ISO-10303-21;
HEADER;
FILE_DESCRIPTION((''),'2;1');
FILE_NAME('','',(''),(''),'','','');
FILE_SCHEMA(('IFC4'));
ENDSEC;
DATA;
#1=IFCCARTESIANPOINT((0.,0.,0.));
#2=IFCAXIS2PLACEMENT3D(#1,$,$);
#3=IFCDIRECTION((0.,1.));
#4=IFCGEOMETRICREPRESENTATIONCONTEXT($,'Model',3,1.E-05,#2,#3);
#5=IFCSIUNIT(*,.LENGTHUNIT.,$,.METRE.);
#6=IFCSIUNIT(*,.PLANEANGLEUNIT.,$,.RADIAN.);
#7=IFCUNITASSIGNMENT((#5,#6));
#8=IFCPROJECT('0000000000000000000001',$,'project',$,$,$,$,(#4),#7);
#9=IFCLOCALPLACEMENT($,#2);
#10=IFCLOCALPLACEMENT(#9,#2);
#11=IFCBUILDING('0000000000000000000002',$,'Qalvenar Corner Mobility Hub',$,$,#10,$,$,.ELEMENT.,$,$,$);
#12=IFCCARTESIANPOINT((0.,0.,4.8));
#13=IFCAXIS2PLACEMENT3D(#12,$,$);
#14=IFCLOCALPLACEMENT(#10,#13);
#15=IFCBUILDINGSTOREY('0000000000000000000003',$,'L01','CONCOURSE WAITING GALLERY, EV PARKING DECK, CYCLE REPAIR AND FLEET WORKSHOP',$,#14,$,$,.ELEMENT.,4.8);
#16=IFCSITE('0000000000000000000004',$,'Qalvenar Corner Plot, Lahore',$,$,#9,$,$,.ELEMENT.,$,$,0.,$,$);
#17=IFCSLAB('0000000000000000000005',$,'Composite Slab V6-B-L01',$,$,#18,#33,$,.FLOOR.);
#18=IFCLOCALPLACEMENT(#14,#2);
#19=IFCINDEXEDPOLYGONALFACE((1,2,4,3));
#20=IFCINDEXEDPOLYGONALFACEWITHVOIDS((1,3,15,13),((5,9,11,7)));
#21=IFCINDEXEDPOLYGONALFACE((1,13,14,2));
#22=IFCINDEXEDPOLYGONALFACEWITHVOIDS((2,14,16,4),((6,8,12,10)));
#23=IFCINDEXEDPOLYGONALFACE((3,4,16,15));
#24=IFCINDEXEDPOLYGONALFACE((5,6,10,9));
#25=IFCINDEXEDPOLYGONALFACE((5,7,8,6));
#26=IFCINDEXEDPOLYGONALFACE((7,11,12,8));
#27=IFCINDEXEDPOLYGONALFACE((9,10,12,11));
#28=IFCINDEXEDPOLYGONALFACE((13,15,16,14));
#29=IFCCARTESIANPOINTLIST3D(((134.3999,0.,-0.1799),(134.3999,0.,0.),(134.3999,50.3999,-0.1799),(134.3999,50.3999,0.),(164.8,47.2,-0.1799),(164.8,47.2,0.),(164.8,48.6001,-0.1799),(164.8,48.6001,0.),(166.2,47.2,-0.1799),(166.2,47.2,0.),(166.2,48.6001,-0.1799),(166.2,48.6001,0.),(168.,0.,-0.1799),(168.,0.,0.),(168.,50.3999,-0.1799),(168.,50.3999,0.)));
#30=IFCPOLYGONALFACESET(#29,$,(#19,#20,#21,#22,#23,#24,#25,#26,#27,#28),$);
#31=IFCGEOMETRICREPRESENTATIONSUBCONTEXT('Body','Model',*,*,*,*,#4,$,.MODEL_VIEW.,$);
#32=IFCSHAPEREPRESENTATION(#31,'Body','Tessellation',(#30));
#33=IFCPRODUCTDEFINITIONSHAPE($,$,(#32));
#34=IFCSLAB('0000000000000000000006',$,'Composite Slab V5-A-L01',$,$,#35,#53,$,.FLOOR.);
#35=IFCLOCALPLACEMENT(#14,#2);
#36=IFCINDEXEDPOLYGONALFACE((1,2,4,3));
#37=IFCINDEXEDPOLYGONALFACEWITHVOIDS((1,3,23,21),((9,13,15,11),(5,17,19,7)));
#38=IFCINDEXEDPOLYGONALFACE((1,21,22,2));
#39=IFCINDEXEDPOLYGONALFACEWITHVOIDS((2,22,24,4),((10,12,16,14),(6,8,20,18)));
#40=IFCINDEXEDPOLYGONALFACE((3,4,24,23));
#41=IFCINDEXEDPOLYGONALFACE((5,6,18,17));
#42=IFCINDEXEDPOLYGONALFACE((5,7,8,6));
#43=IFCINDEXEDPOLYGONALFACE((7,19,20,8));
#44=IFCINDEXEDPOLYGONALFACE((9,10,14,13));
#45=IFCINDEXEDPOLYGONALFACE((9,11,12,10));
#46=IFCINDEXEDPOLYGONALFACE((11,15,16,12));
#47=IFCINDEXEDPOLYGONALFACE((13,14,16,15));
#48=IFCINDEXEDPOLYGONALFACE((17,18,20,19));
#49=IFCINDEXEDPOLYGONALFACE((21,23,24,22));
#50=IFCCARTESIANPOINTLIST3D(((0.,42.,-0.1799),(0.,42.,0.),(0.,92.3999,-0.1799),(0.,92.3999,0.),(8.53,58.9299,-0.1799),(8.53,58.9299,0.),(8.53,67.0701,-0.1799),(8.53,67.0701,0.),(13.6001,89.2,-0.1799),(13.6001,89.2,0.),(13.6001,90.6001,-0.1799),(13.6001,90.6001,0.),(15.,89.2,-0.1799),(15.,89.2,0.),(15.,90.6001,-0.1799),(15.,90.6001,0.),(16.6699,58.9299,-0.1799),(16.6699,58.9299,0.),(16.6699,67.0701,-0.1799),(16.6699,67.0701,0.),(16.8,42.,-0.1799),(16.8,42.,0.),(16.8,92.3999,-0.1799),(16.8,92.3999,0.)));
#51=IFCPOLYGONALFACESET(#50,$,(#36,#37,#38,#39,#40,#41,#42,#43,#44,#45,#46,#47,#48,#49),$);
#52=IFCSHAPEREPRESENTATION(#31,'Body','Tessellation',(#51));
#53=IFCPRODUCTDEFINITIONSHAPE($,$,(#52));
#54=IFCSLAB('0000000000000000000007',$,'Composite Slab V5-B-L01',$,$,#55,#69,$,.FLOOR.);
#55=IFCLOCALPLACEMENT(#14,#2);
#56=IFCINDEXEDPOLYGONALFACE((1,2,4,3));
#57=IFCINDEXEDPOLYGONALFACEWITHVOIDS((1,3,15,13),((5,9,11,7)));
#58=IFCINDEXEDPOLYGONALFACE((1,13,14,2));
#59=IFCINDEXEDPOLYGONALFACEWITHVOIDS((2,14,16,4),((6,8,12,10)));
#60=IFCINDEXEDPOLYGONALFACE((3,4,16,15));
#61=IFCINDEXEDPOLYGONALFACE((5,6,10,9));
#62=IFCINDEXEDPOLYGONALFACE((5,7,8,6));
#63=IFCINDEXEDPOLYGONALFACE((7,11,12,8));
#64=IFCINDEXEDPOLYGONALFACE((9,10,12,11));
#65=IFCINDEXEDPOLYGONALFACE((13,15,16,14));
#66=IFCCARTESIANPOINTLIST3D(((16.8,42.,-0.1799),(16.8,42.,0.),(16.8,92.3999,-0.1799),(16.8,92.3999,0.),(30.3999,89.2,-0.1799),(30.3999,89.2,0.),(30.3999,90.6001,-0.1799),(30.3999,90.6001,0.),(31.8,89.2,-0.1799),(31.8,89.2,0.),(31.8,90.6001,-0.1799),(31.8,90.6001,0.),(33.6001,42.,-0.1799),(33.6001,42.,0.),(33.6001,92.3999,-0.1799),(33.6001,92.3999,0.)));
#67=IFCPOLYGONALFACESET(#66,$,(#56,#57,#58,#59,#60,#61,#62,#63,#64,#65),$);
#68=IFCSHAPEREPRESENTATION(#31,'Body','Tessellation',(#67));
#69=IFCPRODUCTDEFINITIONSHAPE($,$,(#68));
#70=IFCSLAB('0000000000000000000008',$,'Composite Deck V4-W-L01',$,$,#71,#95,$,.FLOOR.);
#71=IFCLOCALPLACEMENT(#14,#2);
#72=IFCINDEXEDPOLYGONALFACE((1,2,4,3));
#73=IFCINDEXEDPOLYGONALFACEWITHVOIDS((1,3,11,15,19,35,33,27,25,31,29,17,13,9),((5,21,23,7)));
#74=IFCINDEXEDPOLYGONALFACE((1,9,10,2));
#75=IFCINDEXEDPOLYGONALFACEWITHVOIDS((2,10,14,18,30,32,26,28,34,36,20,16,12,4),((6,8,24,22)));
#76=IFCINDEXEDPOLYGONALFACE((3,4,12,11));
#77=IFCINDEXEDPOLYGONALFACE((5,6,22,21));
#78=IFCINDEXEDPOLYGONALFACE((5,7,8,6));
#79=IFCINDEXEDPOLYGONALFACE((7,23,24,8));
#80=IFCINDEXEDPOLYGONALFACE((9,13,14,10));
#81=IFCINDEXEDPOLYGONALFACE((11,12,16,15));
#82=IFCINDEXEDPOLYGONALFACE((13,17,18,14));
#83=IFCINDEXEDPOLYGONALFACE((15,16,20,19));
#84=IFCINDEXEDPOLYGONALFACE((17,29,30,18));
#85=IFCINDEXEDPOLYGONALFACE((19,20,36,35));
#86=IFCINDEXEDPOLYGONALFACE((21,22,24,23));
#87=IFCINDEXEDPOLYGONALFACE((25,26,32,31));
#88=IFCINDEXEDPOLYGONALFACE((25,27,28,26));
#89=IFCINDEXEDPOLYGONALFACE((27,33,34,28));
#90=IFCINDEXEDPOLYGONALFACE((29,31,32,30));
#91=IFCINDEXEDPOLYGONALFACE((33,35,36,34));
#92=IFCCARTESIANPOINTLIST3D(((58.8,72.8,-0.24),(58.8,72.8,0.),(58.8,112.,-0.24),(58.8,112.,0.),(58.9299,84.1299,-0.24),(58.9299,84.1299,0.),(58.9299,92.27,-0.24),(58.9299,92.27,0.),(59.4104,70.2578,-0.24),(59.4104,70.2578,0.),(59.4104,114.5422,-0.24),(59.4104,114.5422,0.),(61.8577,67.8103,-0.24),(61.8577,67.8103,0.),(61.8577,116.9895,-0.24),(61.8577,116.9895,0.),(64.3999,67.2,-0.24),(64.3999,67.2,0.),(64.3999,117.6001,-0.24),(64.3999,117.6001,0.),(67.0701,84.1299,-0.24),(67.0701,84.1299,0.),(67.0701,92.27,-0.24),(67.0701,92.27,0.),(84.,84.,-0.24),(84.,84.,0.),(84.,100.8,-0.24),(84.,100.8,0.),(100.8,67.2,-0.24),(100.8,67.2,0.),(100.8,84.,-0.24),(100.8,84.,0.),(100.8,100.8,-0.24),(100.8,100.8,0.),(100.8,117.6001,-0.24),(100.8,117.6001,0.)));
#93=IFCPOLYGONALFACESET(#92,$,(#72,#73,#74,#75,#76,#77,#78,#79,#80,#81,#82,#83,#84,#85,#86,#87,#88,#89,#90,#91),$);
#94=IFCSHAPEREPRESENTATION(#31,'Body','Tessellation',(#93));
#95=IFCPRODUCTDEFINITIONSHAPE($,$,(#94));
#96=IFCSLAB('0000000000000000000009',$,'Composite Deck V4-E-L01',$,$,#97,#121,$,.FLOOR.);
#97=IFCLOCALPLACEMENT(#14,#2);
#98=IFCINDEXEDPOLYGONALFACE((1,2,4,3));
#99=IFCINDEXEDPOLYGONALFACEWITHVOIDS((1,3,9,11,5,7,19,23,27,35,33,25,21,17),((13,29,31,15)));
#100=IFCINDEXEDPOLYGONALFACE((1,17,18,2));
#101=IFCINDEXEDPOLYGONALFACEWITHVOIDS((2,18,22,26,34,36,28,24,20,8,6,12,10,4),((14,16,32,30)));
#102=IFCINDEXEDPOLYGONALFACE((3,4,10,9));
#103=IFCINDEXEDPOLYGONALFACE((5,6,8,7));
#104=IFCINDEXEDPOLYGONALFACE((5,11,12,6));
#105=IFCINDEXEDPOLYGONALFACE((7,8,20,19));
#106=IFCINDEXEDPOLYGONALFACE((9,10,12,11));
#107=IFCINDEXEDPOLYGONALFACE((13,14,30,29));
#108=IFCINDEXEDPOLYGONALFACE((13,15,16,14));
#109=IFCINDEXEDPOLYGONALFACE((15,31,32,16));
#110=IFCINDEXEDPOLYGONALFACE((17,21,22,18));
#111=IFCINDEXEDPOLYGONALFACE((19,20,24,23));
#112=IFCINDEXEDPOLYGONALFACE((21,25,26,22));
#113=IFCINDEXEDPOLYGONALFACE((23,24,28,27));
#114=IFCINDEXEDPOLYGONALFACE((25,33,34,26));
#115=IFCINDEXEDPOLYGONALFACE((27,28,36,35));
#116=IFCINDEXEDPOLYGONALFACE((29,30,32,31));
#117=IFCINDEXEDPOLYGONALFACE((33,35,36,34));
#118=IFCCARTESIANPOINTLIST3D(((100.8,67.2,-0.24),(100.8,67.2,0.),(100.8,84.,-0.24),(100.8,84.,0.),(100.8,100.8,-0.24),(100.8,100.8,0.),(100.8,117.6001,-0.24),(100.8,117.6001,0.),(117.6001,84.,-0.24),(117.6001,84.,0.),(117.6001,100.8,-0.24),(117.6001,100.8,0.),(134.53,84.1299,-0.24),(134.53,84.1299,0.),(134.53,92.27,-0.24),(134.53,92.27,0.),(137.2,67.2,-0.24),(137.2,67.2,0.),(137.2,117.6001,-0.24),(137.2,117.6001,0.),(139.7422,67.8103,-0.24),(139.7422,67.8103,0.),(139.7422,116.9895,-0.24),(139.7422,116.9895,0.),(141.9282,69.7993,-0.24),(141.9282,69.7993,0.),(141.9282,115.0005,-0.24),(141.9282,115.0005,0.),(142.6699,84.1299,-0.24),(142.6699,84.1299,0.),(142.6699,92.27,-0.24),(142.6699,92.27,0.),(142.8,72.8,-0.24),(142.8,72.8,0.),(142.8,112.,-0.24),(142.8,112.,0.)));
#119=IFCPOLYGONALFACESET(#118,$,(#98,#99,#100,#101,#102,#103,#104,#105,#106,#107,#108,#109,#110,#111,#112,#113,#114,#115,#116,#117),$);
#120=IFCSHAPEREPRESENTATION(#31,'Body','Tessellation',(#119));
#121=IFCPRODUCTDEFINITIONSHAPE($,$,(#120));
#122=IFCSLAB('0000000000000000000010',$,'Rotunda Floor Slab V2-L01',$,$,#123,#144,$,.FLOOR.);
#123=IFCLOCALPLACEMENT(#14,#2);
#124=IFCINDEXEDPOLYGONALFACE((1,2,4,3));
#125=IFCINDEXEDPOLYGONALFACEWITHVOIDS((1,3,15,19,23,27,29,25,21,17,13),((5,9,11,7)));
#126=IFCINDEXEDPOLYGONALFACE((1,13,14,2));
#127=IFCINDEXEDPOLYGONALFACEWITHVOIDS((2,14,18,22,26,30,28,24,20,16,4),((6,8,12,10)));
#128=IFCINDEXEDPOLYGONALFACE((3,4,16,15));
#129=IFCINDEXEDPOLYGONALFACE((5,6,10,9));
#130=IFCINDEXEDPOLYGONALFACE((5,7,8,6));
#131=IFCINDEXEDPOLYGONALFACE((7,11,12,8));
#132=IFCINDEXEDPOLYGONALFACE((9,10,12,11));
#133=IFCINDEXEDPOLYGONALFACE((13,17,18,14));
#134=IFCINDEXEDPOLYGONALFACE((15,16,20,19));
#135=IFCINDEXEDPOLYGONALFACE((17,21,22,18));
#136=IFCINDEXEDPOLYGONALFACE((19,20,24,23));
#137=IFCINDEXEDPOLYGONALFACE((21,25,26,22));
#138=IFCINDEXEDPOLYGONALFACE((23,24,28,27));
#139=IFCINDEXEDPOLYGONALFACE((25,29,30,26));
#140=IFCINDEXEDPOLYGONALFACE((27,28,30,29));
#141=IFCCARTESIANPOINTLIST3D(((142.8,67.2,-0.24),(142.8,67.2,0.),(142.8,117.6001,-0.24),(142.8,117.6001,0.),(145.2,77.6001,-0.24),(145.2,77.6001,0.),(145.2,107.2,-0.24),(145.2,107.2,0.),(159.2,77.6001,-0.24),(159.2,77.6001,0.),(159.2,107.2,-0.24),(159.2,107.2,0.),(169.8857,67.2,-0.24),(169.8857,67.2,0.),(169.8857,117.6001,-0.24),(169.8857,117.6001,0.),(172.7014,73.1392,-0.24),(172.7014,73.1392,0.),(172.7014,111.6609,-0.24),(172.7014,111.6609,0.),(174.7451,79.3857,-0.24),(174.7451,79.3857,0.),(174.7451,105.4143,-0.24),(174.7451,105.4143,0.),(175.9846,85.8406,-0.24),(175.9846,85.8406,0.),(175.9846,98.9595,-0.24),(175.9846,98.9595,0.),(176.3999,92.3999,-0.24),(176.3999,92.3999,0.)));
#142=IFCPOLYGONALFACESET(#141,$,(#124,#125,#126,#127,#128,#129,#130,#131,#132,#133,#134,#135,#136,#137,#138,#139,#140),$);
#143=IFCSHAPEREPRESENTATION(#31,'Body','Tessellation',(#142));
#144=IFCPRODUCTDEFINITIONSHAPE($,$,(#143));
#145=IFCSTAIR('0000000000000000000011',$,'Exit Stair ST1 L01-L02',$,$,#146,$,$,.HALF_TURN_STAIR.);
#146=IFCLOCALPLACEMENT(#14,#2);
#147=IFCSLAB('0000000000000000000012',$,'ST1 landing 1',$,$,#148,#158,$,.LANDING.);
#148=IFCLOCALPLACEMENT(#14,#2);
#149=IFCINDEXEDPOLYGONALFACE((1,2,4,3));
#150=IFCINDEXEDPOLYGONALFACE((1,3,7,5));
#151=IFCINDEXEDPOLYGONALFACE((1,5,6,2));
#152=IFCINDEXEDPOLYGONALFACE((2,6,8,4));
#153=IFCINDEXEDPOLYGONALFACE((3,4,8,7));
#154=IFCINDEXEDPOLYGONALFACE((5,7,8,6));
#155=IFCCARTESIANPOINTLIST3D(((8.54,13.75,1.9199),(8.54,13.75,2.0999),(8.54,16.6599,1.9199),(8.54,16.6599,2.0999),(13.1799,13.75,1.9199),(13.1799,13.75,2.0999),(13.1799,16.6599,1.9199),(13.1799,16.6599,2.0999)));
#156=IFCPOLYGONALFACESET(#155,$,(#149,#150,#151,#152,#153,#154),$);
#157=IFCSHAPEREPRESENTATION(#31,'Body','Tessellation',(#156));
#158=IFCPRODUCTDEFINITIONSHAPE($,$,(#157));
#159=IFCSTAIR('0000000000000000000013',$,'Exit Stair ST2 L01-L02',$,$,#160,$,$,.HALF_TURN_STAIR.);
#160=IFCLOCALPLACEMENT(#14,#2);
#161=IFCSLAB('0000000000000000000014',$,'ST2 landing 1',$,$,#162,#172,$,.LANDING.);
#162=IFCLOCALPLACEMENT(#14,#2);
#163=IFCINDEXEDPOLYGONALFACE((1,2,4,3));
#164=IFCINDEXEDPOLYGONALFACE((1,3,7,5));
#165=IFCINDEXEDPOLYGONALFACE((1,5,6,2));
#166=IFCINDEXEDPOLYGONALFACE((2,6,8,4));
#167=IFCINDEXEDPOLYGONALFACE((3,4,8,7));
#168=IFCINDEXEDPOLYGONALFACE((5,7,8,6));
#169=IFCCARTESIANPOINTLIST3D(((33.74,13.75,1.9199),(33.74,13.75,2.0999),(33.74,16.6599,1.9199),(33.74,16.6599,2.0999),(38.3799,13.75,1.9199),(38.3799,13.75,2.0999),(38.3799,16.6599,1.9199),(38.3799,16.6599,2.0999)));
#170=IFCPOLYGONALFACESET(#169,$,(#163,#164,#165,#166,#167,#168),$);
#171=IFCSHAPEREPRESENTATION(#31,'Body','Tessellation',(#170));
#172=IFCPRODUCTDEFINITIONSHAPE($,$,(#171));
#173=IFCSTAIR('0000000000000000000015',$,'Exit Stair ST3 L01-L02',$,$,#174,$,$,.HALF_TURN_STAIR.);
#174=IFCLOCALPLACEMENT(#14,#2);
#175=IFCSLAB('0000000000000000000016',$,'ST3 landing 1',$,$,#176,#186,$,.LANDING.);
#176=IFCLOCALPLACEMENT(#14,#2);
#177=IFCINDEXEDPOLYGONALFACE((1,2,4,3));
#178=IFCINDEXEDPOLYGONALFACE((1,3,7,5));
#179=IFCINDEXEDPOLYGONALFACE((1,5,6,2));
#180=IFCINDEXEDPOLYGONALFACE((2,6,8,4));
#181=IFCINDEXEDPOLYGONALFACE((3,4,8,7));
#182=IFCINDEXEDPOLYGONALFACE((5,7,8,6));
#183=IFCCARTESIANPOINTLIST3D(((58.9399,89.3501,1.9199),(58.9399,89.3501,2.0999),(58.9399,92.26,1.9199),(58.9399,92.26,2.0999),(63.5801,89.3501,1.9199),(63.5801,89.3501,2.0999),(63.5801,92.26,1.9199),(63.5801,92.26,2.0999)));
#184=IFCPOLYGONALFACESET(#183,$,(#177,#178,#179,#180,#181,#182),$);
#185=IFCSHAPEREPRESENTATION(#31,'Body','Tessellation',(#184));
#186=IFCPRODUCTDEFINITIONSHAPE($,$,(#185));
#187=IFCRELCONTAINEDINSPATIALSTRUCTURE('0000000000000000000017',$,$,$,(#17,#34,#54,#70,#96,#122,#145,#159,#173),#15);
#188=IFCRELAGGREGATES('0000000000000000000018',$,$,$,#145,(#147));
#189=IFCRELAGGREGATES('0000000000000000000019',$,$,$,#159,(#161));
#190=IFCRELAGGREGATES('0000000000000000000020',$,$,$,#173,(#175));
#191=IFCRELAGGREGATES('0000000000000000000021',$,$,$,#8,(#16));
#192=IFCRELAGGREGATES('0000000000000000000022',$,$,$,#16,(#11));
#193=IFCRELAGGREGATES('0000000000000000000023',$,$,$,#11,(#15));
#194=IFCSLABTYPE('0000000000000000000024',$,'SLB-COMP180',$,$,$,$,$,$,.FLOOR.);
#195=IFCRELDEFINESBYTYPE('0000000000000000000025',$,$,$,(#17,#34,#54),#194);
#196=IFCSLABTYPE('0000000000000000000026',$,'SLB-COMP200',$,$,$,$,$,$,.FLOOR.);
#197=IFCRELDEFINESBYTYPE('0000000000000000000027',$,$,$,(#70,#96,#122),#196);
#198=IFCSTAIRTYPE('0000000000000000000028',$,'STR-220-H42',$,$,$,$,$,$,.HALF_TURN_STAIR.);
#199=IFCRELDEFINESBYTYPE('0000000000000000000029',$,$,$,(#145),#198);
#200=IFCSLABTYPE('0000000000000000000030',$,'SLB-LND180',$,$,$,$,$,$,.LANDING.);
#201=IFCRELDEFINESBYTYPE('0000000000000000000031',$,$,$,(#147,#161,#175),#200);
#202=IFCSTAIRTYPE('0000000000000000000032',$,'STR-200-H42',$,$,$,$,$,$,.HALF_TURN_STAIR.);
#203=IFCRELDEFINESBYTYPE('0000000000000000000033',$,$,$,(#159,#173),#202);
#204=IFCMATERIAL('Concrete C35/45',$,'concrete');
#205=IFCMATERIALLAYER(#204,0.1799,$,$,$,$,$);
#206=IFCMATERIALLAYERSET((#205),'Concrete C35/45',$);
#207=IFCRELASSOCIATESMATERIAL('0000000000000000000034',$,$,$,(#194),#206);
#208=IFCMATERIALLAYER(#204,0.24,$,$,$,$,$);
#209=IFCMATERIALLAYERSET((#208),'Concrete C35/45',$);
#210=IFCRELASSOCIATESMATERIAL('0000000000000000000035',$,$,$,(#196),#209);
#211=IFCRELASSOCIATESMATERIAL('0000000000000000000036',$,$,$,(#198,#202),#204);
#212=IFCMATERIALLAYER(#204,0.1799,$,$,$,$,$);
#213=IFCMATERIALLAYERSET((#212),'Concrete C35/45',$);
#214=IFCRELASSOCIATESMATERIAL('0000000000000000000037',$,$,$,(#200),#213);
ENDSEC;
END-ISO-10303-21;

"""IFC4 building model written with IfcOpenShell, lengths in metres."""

from ifc_helpers import new_model, si_unit, direction, frame, origin, place, context, subcontext, project, spatial, polyline, outline, extrude, material, layer, layer_set, type_object, element, aggregate, save


model = new_model("IFC4")

# Units and contexts
model_context = context("Model", 3, precision=1e-05, world=origin(), true_north=direction((0.0, 1.0)))
body_context = subcontext(model_context, "Body", "Model", "MODEL_VIEW")
ifc_project = project(units=[si_unit("LENGTHUNIT", "METRE"), si_unit("PLANEANGLEUNIT", "RADIAN")], contexts=[model_context])

# Site, building, storey
site_placement = place(None, origin())
site = spatial("IfcSite", under=ifc_project, at=site_placement, Name="Qalvenar Corner Plot, Lahore", CompositionType="ELEMENT", RefElevation=0.0)
building_placement = place(site_placement, origin())
building = spatial("IfcBuilding", under=site, at=building_placement, Name="Qalvenar Corner Mobility Hub", CompositionType="ELEMENT")
storey_placement = place(building_placement, frame((0.0, 0.0, 4.8)))
storey = spatial("IfcBuildingStorey", under=building, at=storey_placement, Name="L01", Description="CONCOURSE WAITING GALLERY, EV PARKING DECK, CYCLE REPAIR AND FLEET WORKSHOP", CompositionType="ELEMENT", Elevation=4.8)

# Slabs
ifc_material_1 = material(Name="Concrete C35/45", Category="concrete")
ifc_layer_1 = layer(ifc_material_1, 0.1799)
ifc_layer_set_1 = layer_set([ifc_layer_1], Name="Concrete C35/45")
slab_type_1 = type_object("IfcSlabType", Name="SLB-COMP180", PredefinedType="FLOOR", material=ifc_layer_set_1)
slab_1_placement = place(storey_placement, frame((0.0, 0.0, -0.1799)))
element("IfcSlab", 1, at=slab_1_placement, inside=storey, type_object=slab_type_1, Name="Composite Slab V6-B-L01", PredefinedType="FLOOR", context=body_context, shape_type="SweptSolid", body=[
    extrude(outline(polyline([(134.3999, 0.0), (168.0, 0.0), (168.0, 50.3999), (134.3999, 50.3999), (134.3999, 0.0)]), holes=[polyline([(164.8, 47.2), (166.2, 47.2), (166.2, 48.6001), (164.8, 48.6001), (164.8, 47.2)])]), origin(), (0.0, 0.0, 1.0), 0.1799),
])
slab_2_placement = place(storey_placement, frame((0.0, 0.0, -0.1799)))
element("IfcSlab", 2, at=slab_2_placement, inside=storey, type_object=slab_type_1, Name="Composite Slab V5-A-L01", PredefinedType="FLOOR", context=body_context, shape_type="SweptSolid", body=[
    extrude(outline(polyline([(0.0, 42.0), (16.8, 42.0), (16.8, 92.3999), (0.0, 92.3999), (0.0, 42.0)]), holes=[polyline([(8.53, 58.9299), (16.6699, 58.9299), (16.6699, 67.0701), (8.53, 67.0701), (8.53, 58.9299)]), polyline([(13.6001, 89.2), (15.0, 89.2), (15.0, 90.6001), (13.6001, 90.6001), (13.6001, 89.2)])]), origin(), (0.0, 0.0, 1.0), 0.1799),
])
slab_3_placement = place(storey_placement, frame((0.0, 0.0, -0.1799)))
element("IfcSlab", 3, at=slab_3_placement, inside=storey, type_object=slab_type_1, Name="Composite Slab V5-B-L01", PredefinedType="FLOOR", context=body_context, shape_type="SweptSolid", body=[
    extrude(outline(polyline([(16.8, 42.0), (33.6001, 42.0), (33.6001, 92.3999), (16.8, 92.3999), (16.8, 42.0)]), holes=[polyline([(30.3999, 89.2), (31.8, 89.2), (31.8, 90.6001), (30.3999, 90.6001), (30.3999, 89.2)])]), origin(), (0.0, 0.0, 1.0), 0.1799),
])
ifc_layer_2 = layer(ifc_material_1, 0.24)
ifc_layer_set_2 = layer_set([ifc_layer_2], Name="Concrete C35/45")
slab_type_2 = type_object("IfcSlabType", Name="SLB-COMP200", PredefinedType="FLOOR", material=ifc_layer_set_2)
slab_4_placement = place(storey_placement, frame((0.0, 0.0, -0.24)))
element("IfcSlab", 4, at=slab_4_placement, inside=storey, type_object=slab_type_2, Name="Composite Deck V4-W-L01", PredefinedType="FLOOR", context=body_context, shape_type="SweptSolid", body=[
    extrude(outline(polyline([(64.3999, 67.2), (100.8, 67.2), (100.8, 84.0), (84.0, 84.0), (84.0, 100.8), (100.8, 100.8), (100.8, 117.6001), (64.3999, 117.6001), (61.8577, 116.9895), (59.4104, 114.5422), (58.8, 112.0), (58.8, 72.8), (59.4104, 70.2578), (61.8577, 67.8103), (64.3999, 67.2)]), holes=[polyline([(58.9299, 84.1299), (67.0701, 84.1299), (67.0701, 92.27), (58.9299, 92.27), (58.9299, 84.1299)])]), origin(), (0.0, 0.0, 1.0), 0.24),
])
slab_5_placement = place(storey_placement, frame((0.0, 0.0, -0.24)))
element("IfcSlab", 5, at=slab_5_placement, inside=storey, type_object=slab_type_2, Name="Composite Deck V4-E-L01", PredefinedType="FLOOR", context=body_context, shape_type="SweptSolid", body=[
    extrude(outline(polyline([(100.8, 67.2), (137.2, 67.2), (139.7422, 67.8103), (141.9282, 69.7993), (142.8, 72.8), (142.8, 112.0), (141.9282, 115.0005), (139.7422, 116.9895), (137.2, 117.6001), (100.8, 117.6001), (100.8, 100.8), (117.6001, 100.8), (117.6001, 84.0), (100.8, 84.0), (100.8, 67.2)]), holes=[polyline([(134.53, 84.1299), (142.6699, 84.1299), (142.6699, 92.27), (134.53, 92.27), (134.53, 84.1299)])]), origin(), (0.0, 0.0, 1.0), 0.24),
])
slab_6_placement = place(storey_placement, frame((0.0, 0.0, -0.24)))
element("IfcSlab", 6, at=slab_6_placement, inside=storey, type_object=slab_type_2, Name="Rotunda Floor Slab V2-L01", PredefinedType="FLOOR", context=body_context, shape_type="SweptSolid", body=[
    extrude(outline(polyline([(142.8, 67.2), (169.8857, 67.2), (172.7014, 73.1392), (174.7451, 79.3857), (175.9846, 85.8406), (176.3999, 92.3999), (175.9846, 98.9595), (174.7451, 105.4143), (172.7014, 111.6609), (169.8857, 117.6001), (142.8, 117.6001), (142.8, 67.2)]), holes=[polyline([(145.2, 77.6001), (159.2, 77.6001), (159.2, 107.2), (145.2, 107.2), (145.2, 77.6001)])]), origin(), (0.0, 0.0, 1.0), 0.24),
])

# Stairs, slabs
stair_type_1 = type_object("IfcStairType", Name="STR-220-H42", PredefinedType="HALF_TURN_STAIR", material=ifc_material_1)
stair_1_placement = place(storey_placement, origin())
stair_1 = element("IfcStair", 7, at=stair_1_placement, inside=storey, type_object=stair_type_1, Name="Exit Stair ST1 L01-L02", PredefinedType="HALF_TURN_STAIR")
ifc_layer_3 = layer(ifc_material_1, 0.1799)
ifc_layer_set_3 = layer_set([ifc_layer_3], Name="Concrete C35/45")
slab_type_3 = type_object("IfcSlabType", Name="SLB-LND180", PredefinedType="LANDING", material=ifc_layer_set_3)
slab_7_placement = place(storey_placement, frame((0.0, 0.0, 1.9199)))
slab_7 = element("IfcSlab", 8, at=slab_7_placement, type_object=slab_type_3, Name="ST1 landing 1", PredefinedType="LANDING", context=body_context, shape_type="SweptSolid", body=[
    extrude(outline(polyline([(8.54, 13.75), (13.1799, 13.75), (13.1799, 16.6599), (8.54, 16.6599), (8.54, 13.75)])), origin(), (0.0, 0.0, 1.0), 0.1799),
])
aggregate(stair_1, [slab_7])
stair_type_2 = type_object("IfcStairType", Name="STR-200-H42", PredefinedType="HALF_TURN_STAIR", material=ifc_material_1)
stair_2_placement = place(storey_placement, origin())
stair_2 = element("IfcStair", 9, at=stair_2_placement, inside=storey, type_object=stair_type_2, Name="Exit Stair ST2 L01-L02", PredefinedType="HALF_TURN_STAIR")
slab_8_placement = place(storey_placement, frame((0.0, 0.0, 1.9199)))
slab_8 = element("IfcSlab", 10, at=slab_8_placement, type_object=slab_type_3, Name="ST2 landing 1", PredefinedType="LANDING", context=body_context, shape_type="SweptSolid", body=[
    extrude(outline(polyline([(33.74, 13.75), (38.3799, 13.75), (38.3799, 16.6599), (33.74, 16.6599), (33.74, 13.75)])), origin(), (0.0, 0.0, 1.0), 0.1799),
])
aggregate(stair_2, [slab_8])
stair_3_placement = place(storey_placement, origin())
stair_3 = element("IfcStair", 11, at=stair_3_placement, inside=storey, type_object=stair_type_2, Name="Exit Stair ST3 L01-L02", PredefinedType="HALF_TURN_STAIR")
slab_9_placement = place(storey_placement, frame((0.0, 0.0, 1.9199)))
slab_9 = element("IfcSlab", 12, at=slab_9_placement, type_object=slab_type_3, Name="ST3 landing 1", PredefinedType="LANDING", context=body_context, shape_type="SweptSolid", body=[
    extrude(outline(polyline([(58.9399, 89.3501), (63.5801, 89.3501), (63.5801, 92.26), (58.9399, 92.26), (58.9399, 89.3501)])), origin(), (0.0, 0.0, 1.0), 0.1799),
])
aggregate(stair_3, [slab_9])

save(model, "model.ifc")
